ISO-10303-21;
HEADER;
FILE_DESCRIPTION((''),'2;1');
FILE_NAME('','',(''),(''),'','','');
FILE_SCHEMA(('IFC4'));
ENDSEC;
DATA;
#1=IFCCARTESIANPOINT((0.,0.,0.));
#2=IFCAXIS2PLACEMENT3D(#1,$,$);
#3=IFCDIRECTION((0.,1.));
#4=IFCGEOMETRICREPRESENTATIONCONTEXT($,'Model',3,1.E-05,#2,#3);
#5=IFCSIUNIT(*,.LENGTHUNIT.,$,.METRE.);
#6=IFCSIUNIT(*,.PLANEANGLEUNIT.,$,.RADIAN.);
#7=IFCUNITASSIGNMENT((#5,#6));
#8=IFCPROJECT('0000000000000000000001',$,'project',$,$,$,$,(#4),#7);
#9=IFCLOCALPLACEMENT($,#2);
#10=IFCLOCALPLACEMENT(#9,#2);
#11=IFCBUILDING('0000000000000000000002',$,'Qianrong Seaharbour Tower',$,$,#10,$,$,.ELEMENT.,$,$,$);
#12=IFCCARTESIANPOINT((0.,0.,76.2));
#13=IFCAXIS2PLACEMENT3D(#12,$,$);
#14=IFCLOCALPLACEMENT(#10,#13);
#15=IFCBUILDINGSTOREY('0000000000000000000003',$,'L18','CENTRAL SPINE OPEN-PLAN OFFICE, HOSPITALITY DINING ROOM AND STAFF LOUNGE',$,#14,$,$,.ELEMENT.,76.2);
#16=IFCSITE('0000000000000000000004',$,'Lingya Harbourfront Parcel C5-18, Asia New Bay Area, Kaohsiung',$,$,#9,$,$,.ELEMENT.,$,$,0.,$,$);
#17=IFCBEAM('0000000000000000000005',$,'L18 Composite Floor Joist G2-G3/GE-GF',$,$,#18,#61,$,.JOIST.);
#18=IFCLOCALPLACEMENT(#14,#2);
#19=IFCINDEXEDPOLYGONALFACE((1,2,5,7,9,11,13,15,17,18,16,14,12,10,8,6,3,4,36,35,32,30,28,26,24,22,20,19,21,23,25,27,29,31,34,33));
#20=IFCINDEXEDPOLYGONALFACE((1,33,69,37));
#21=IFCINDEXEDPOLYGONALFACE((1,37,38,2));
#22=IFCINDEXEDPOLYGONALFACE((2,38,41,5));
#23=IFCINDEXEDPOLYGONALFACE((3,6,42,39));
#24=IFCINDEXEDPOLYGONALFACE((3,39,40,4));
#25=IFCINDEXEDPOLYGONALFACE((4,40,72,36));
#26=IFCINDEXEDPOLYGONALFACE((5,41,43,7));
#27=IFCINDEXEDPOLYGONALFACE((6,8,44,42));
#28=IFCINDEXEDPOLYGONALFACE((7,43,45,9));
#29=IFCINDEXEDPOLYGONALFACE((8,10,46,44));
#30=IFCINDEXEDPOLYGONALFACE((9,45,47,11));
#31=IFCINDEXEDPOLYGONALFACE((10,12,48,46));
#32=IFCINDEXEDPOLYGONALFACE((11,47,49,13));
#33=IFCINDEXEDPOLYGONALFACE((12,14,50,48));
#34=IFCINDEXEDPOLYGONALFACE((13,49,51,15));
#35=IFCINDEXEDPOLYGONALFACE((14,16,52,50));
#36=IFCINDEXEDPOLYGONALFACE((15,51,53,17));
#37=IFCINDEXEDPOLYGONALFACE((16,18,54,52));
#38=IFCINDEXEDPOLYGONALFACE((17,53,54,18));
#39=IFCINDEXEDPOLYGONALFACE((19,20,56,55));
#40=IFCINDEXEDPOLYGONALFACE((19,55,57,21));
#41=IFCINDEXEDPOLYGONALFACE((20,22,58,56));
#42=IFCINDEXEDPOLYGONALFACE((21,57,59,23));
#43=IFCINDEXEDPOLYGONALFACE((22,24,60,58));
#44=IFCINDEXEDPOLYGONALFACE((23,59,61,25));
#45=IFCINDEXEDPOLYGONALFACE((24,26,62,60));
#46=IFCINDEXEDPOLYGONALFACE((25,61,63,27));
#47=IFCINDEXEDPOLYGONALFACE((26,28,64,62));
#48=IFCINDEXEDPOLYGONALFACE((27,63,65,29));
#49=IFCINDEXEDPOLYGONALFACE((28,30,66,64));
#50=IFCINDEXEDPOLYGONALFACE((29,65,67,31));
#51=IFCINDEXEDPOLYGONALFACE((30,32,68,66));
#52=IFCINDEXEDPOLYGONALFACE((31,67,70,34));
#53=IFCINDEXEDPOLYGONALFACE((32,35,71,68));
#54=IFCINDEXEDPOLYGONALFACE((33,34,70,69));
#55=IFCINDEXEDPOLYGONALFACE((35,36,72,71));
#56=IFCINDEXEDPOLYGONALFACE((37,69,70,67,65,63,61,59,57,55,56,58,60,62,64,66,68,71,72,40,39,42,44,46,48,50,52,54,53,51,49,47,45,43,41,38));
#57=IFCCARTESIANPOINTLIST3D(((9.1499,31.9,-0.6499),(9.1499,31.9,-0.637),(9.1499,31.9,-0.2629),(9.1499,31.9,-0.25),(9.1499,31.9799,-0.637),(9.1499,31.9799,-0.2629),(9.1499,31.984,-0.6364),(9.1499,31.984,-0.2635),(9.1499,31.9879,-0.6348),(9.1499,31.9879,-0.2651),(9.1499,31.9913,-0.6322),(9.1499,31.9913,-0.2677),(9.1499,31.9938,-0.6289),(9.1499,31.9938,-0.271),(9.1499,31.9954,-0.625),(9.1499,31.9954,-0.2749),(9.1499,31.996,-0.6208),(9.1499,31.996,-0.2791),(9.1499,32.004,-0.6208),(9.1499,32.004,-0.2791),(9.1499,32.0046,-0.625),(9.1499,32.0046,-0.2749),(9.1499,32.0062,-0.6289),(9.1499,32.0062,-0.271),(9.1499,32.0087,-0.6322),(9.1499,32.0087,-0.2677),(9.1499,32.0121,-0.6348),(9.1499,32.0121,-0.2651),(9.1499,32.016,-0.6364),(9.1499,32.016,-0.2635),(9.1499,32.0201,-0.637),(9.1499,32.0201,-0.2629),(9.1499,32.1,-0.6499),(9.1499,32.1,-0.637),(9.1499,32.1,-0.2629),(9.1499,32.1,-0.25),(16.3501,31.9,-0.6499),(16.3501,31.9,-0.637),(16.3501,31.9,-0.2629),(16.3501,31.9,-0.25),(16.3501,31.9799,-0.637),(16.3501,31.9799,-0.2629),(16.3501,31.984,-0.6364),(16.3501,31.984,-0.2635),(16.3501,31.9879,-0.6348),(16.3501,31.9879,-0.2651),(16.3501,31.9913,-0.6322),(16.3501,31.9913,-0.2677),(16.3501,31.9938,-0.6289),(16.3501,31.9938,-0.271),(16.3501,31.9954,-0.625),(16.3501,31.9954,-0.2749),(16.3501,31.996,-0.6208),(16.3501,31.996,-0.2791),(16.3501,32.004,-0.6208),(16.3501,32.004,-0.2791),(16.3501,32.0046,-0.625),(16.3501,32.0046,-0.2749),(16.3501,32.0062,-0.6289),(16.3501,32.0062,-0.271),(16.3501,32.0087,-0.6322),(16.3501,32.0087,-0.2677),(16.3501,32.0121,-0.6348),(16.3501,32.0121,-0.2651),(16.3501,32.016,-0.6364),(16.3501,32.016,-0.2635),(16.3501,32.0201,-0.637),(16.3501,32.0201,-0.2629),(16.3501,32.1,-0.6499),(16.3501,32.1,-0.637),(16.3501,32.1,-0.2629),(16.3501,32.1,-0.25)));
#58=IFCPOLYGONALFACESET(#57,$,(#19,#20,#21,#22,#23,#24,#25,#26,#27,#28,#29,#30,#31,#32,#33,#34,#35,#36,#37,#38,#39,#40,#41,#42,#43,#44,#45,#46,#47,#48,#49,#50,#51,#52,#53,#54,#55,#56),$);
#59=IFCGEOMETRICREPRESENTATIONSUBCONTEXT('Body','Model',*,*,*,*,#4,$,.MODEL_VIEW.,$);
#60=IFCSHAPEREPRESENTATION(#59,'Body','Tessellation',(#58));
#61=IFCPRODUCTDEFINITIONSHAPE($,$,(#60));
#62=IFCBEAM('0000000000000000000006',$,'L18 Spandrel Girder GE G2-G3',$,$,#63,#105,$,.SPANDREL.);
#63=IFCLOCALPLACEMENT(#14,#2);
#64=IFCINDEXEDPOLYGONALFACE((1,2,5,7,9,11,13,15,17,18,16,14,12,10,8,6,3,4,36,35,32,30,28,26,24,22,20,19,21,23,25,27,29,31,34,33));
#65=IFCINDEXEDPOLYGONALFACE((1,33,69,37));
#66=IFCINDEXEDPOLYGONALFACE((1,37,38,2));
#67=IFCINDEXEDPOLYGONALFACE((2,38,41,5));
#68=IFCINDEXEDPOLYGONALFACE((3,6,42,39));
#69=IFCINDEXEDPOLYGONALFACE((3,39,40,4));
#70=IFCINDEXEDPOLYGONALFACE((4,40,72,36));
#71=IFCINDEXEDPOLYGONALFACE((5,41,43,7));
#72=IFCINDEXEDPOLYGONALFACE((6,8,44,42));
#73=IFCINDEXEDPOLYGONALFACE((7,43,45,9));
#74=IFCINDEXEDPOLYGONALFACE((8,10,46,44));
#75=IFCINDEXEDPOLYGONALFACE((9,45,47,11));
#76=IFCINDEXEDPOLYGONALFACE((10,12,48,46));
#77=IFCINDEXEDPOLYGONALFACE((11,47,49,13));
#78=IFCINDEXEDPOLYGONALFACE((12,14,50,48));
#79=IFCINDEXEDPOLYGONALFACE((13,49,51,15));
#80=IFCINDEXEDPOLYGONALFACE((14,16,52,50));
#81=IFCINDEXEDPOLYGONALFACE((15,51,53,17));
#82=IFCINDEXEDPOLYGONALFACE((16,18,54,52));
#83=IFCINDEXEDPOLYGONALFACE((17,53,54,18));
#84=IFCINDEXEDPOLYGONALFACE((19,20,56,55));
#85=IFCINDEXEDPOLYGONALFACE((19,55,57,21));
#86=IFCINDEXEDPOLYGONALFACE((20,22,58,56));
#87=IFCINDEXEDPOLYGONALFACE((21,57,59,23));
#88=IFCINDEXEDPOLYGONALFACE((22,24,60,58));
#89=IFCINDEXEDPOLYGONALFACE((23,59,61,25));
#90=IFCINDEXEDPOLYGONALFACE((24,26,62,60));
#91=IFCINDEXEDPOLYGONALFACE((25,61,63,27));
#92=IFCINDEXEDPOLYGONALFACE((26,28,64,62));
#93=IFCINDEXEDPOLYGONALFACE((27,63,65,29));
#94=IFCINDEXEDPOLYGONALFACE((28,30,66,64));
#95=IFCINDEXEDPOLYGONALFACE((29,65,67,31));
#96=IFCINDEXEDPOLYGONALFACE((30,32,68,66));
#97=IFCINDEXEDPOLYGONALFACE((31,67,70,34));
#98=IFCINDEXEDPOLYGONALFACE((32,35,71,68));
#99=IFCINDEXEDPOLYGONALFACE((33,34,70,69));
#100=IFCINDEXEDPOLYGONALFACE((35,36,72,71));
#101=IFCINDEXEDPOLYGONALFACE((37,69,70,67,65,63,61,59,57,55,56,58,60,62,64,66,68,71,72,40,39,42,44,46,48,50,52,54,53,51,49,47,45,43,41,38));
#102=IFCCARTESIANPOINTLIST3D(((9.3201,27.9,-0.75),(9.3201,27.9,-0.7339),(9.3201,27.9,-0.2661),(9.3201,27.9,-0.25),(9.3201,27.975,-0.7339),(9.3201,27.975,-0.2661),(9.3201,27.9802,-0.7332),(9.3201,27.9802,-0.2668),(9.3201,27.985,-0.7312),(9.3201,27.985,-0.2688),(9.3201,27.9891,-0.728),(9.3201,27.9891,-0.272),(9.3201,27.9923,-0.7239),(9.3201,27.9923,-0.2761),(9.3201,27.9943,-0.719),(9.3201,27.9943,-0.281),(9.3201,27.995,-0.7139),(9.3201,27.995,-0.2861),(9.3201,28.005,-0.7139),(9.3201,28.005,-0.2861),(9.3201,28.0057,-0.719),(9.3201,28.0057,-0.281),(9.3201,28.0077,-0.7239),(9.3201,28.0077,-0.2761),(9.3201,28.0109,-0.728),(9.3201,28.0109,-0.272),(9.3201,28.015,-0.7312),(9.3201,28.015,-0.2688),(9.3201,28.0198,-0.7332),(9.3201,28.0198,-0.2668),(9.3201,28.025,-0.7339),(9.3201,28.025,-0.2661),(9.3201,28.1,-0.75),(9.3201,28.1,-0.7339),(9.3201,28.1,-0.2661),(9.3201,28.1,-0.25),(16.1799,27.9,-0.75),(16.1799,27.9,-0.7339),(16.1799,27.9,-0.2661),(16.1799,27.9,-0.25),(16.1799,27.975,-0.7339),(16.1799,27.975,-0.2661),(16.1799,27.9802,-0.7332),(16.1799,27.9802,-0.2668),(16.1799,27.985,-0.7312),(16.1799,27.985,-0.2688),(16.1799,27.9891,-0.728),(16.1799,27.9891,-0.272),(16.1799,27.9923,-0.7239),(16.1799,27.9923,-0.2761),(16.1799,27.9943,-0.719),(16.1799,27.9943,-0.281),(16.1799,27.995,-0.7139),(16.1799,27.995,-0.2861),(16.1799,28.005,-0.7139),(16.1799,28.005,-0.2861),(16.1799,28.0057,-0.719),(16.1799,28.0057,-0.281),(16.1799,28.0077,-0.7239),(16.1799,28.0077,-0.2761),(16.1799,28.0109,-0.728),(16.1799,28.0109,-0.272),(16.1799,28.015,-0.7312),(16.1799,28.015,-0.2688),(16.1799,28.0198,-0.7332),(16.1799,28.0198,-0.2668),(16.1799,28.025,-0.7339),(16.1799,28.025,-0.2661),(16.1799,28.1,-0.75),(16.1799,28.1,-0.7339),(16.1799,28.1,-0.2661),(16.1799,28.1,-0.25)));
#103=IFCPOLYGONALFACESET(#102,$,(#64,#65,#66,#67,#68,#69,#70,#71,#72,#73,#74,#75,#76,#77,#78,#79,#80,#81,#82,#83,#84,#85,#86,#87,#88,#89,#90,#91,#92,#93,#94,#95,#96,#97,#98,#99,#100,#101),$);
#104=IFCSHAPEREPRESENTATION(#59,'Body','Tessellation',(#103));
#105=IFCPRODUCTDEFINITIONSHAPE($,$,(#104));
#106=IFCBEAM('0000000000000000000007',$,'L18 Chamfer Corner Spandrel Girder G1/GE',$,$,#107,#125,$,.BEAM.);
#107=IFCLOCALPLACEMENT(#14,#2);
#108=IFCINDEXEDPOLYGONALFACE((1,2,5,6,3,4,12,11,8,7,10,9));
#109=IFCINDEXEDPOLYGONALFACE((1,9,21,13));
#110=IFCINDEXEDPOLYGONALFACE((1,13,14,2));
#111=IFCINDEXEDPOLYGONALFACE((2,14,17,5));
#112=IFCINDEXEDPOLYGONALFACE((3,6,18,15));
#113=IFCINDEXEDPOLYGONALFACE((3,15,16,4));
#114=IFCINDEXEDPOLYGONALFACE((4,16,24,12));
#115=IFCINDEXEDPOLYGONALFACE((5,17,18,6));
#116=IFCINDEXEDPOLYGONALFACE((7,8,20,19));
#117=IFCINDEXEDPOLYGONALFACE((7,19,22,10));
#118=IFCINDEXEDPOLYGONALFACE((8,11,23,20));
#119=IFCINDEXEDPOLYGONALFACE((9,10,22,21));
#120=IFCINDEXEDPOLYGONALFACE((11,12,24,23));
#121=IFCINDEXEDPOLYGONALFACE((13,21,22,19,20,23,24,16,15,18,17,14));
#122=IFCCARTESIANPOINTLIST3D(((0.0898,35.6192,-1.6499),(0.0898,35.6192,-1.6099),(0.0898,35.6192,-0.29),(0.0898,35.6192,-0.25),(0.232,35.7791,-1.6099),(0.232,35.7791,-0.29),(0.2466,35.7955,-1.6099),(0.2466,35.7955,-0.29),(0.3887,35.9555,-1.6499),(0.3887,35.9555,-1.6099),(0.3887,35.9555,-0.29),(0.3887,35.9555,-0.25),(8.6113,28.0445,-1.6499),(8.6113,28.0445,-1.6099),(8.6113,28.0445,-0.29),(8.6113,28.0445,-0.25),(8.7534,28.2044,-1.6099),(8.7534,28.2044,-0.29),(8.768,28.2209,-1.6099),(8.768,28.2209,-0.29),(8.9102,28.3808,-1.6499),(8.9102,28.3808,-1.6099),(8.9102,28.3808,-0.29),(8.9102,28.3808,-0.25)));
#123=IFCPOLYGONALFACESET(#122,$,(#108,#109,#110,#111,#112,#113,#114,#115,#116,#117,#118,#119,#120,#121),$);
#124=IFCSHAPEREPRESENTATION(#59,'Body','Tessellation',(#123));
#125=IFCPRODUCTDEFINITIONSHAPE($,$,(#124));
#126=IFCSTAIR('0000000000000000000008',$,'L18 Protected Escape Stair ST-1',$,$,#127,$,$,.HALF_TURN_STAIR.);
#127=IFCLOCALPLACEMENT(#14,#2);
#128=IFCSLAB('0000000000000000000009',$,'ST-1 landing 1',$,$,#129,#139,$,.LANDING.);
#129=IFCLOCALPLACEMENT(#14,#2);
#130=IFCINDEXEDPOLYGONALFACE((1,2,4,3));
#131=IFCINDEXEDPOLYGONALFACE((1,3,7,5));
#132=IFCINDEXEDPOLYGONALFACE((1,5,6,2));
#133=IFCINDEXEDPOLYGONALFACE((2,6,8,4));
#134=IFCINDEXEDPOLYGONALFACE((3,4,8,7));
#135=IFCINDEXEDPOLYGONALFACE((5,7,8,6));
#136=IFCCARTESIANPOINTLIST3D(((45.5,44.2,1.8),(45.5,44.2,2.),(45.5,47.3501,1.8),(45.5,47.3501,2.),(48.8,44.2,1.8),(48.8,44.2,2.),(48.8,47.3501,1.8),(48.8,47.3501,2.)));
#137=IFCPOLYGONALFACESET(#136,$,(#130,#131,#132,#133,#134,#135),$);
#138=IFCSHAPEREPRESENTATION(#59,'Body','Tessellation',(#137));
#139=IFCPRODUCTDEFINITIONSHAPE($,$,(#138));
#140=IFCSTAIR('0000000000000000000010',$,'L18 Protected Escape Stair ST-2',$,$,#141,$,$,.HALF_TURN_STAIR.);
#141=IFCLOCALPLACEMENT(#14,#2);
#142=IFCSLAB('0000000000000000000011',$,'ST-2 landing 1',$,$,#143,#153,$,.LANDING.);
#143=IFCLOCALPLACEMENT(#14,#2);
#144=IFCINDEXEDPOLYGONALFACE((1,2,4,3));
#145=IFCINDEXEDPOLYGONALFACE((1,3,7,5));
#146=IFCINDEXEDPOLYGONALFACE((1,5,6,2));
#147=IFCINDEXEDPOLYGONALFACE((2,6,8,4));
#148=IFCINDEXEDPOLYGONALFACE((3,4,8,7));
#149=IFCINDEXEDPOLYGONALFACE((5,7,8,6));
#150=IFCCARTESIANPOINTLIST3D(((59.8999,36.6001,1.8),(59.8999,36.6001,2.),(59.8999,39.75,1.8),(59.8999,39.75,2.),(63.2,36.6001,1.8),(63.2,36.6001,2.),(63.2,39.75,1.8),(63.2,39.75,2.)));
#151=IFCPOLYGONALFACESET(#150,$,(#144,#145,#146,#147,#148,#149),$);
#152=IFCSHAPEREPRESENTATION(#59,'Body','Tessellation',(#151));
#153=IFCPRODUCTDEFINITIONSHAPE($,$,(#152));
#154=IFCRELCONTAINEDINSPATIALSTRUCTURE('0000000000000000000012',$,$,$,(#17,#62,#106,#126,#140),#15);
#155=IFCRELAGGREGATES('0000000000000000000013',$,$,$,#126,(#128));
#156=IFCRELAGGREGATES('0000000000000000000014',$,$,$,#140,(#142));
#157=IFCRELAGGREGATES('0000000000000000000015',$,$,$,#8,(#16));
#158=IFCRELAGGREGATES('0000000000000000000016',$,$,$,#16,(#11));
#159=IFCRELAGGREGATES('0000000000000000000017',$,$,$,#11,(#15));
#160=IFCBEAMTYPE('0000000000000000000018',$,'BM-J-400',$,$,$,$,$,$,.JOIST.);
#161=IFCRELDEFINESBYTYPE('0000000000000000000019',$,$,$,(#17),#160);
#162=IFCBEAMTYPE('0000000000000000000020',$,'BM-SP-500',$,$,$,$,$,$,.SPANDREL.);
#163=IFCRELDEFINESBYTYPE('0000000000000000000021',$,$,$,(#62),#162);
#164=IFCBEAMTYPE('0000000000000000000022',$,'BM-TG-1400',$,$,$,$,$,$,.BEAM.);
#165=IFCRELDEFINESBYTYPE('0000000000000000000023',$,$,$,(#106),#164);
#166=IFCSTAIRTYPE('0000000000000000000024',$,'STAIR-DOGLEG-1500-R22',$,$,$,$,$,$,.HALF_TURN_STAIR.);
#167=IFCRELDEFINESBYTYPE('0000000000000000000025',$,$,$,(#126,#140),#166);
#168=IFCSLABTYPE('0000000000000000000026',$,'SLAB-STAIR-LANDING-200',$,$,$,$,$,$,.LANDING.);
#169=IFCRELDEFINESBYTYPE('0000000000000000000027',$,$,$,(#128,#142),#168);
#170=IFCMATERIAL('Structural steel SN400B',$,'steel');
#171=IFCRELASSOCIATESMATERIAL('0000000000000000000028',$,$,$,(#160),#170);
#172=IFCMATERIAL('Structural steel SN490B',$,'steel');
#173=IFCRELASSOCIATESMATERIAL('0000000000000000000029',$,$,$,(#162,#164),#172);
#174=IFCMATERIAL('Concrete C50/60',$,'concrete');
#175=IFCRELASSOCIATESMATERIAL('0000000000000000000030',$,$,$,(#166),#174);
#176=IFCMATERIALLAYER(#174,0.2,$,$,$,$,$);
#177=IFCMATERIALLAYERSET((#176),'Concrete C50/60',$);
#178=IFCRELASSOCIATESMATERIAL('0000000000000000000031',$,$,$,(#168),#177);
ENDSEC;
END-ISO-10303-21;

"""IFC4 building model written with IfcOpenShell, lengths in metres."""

from ifc_helpers import new_model, si_unit, direction, frame, origin, origin_2d, place, context, subcontext, project, spatial, polyline, i_section, outline, extrude, material, layer, layer_set, material_profile, profile_set, type_object, element, aggregate, save


model = new_model("IFC4")

# Units and contexts
model_context = context("Model", 3, precision=1e-05, world=origin(), true_north=direction((0.0, 1.0)))
body_context = subcontext(model_context, "Body", "Model", "MODEL_VIEW")
ifc_project = project(units=[si_unit("LENGTHUNIT", "METRE"), si_unit("PLANEANGLEUNIT", "RADIAN")], contexts=[model_context])

# Site, building, storey
site_placement = place(None, origin())
site = spatial("IfcSite", under=ifc_project, at=site_placement, Name="Lingya Harbourfront Parcel C5-18, Asia New Bay Area, Kaohsiung", CompositionType="ELEMENT", RefElevation=0.0)
building_placement = place(site_placement, origin())
building = spatial("IfcBuilding", under=site, at=building_placement, Name="Qianrong Seaharbour Tower", CompositionType="ELEMENT")
storey_placement = place(building_placement, frame((0.0, 0.0, 76.2)))
storey = spatial("IfcBuildingStorey", under=building, at=storey_placement, Name="L18", Description="CENTRAL SPINE OPEN-PLAN OFFICE, HOSPITALITY DINING ROOM AND STAFF LOUNGE", CompositionType="ELEMENT", Elevation=76.2)

# Shared definitions
ifc_material_1 = material(Name="Structural steel SN490B", Category="steel")

# Beams
ifc_material_2 = material(Name="Structural steel SN400B", Category="steel")
ifc_material_profile_1 = material_profile(ifc_material_2, i_section(OverallWidth=0.2, OverallDepth=0.3999, WebThickness=0.0081, FlangeThickness=0.0129, FilletRadius=0.0161, at=origin_2d()), Name="H400x200x8x13")
ifc_profile_set_1 = profile_set([ifc_material_profile_1], Name="Structural steel SN400B")
beam_type_1 = type_object("IfcBeamType", Name="BM-J-400", PredefinedType="JOIST", material=ifc_profile_set_1)
beam_1_placement = place(storey_placement, frame((9.1499, 32.0, -0.45), z_axis=(1.0, 0.0, 0.0), x_axis=(0.0, 1.0, 0.0)))
element("IfcBeam", 1, at=beam_1_placement, inside=storey, type_object=beam_type_1, Name="L18 Composite Floor Joist G2-G3/GE-GF", PredefinedType="JOIST", context=body_context, shape_type="SweptSolid", body=[
    extrude(i_section(OverallWidth=0.2, OverallDepth=0.3999, WebThickness=0.0081, FlangeThickness=0.0129, FilletRadius=0.0161, at=origin_2d()), origin(), (0.0, 0.0, 1.0), 7.2002),
])
ifc_material_profile_2 = material_profile(ifc_material_1, i_section(OverallWidth=0.2, OverallDepth=0.5, WebThickness=0.01, FlangeThickness=0.0161, FilletRadius=0.02, at=origin_2d()), Name="H500x200x10x16")
ifc_profile_set_2 = profile_set([ifc_material_profile_2], Name="Structural steel SN490B")
beam_type_2 = type_object("IfcBeamType", Name="BM-SP-500", PredefinedType="SPANDREL", material=ifc_profile_set_2)
beam_2_placement = place(storey_placement, frame((9.3201, 28.0, -0.5), z_axis=(1.0, 0.0, 0.0), x_axis=(0.0, 1.0, 0.0)))
element("IfcBeam", 2, at=beam_2_placement, inside=storey, type_object=beam_type_2, Name="L18 Spandrel Girder GE G2-G3", PredefinedType="SPANDREL", context=body_context, shape_type="SweptSolid", body=[
    extrude(i_section(OverallWidth=0.2, OverallDepth=0.5, WebThickness=0.01, FlangeThickness=0.0161, FilletRadius=0.02, at=origin_2d()), origin(), (0.0, 0.0, 1.0), 6.8599),
])
ifc_material_profile_3 = material_profile(ifc_material_1, i_section(OverallWidth=0.45, OverallDepth=1.3999, WebThickness=0.022, FlangeThickness=0.04, at=origin_2d()), Name="BH1400x450x22x40")
ifc_profile_set_3 = profile_set([ifc_material_profile_3], Name="Structural steel SN490B")
beam_type_3 = type_object("IfcBeamType", Name="BM-TG-1400", PredefinedType="BEAM", material=ifc_profile_set_3)
beam_3_placement = place(storey_placement, frame((8.7607, 28.2126, -0.95), z_axis=(-0.747407, 0.664366, 0.0), x_axis=(-0.664366, -0.747407, 0.0)))
element("IfcBeam", 3, at=beam_3_placement, inside=storey, type_object=beam_type_3, Name="L18 Chamfer Corner Spandrel Girder G1/GE", PredefinedType="BEAM", context=body_context, shape_type="SweptSolid", body=[
    extrude(i_section(OverallWidth=0.45, OverallDepth=1.3999, WebThickness=0.022, FlangeThickness=0.04, at=origin_2d()), origin(), (0.0, 0.0, 1.0), 11.4014),
])

# Stairs, slabs
ifc_material_3 = material(Name="Concrete C50/60", Category="concrete")
stair_type = type_object("IfcStairType", Name="STAIR-DOGLEG-1500-R22", PredefinedType="HALF_TURN_STAIR", material=ifc_material_3)
stair_1_placement = place(storey_placement, origin())
stair_1 = element("IfcStair", 4, at=stair_1_placement, inside=storey, type_object=stair_type, Name="L18 Protected Escape Stair ST-1", PredefinedType="HALF_TURN_STAIR")
ifc_layer_1 = layer(ifc_material_3, 0.2)
ifc_layer_set_1 = layer_set([ifc_layer_1], Name="Concrete C50/60")
slab_type_1 = type_object("IfcSlabType", Name="SLAB-STAIR-LANDING-200", PredefinedType="LANDING", material=ifc_layer_set_1)
slab_1_placement = place(storey_placement, frame((0.0, 0.0, 1.8)))
slab_1 = element("IfcSlab", 5, at=slab_1_placement, type_object=slab_type_1, Name="ST-1 landing 1", PredefinedType="LANDING", context=body_context, shape_type="SweptSolid", body=[
    extrude(outline(polyline([(45.5, 44.2), (48.8, 44.2), (48.8, 47.3501), (45.5, 47.3501), (45.5, 44.2)])), origin(), (0.0, 0.0, 1.0), 0.2),
])
aggregate(stair_1, [slab_1])
stair_2_placement = place(storey_placement, origin())
stair_2 = element("IfcStair", 6, at=stair_2_placement, inside=storey, type_object=stair_type, Name="L18 Protected Escape Stair ST-2", PredefinedType="HALF_TURN_STAIR")
slab_2_placement = place(storey_placement, frame((0.0, 0.0, 1.8)))
slab_2 = element("IfcSlab", 7, at=slab_2_placement, type_object=slab_type_1, Name="ST-2 landing 1", PredefinedType="LANDING", context=body_context, shape_type="SweptSolid", body=[
    extrude(outline(polyline([(59.8999, 36.6001), (63.2, 36.6001), (63.2, 39.75), (59.8999, 39.75), (59.8999, 36.6001)])), origin(), (0.0, 0.0, 1.0), 0.2),
])
aggregate(stair_2, [slab_2])

save(model, "model.ifc")
